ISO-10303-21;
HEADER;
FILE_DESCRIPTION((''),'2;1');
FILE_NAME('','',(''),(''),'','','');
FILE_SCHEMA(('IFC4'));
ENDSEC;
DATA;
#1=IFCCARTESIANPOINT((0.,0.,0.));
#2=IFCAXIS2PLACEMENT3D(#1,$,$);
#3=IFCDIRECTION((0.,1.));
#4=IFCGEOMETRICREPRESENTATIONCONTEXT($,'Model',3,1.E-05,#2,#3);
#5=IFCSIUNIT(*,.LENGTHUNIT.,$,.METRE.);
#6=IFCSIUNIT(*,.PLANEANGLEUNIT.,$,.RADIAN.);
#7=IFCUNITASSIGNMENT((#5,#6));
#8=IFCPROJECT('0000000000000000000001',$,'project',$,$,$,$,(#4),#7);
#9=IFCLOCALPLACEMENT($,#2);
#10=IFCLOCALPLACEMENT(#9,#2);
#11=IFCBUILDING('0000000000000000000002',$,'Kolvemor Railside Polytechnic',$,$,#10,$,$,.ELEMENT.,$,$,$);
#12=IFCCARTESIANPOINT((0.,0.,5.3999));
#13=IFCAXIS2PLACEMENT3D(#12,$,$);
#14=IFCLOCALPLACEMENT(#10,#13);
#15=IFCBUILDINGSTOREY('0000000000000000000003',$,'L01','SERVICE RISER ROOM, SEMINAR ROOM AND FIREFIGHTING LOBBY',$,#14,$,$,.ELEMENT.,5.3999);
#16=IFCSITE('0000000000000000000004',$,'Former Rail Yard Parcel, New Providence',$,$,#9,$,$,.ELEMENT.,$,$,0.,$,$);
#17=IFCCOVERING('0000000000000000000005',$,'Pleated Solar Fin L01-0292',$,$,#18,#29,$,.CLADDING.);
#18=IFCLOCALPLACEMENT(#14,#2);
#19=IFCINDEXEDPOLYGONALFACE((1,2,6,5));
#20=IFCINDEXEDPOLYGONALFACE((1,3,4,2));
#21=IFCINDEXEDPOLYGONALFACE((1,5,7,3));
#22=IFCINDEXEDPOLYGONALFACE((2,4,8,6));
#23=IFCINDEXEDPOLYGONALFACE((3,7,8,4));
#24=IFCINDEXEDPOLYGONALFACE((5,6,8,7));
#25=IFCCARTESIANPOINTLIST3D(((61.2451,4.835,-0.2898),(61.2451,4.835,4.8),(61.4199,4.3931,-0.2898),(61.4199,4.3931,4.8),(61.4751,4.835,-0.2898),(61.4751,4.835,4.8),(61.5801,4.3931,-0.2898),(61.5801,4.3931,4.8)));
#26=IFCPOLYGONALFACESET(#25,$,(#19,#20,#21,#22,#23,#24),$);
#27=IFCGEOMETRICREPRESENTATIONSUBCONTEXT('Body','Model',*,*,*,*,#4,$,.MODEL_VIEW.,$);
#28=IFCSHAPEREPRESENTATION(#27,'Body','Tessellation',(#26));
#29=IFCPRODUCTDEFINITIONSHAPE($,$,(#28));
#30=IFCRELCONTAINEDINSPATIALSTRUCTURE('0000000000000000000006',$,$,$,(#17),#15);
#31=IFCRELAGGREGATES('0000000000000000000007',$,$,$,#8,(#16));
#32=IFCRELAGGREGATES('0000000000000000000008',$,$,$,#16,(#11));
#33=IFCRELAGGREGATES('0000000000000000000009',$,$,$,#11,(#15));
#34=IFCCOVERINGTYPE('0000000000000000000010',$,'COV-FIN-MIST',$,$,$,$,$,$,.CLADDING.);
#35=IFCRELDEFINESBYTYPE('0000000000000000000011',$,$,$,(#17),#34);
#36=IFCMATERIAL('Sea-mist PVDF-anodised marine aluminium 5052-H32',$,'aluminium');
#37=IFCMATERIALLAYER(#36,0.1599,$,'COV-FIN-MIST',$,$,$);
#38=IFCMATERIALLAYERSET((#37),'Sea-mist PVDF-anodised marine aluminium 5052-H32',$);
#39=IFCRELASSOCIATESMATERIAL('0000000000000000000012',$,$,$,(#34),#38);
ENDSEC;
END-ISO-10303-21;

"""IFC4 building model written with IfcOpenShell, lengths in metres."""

from ifc_helpers import new_model, si_unit, direction, frame, origin, place, context, subcontext, project, spatial, polyline, outline, extrude, material, layer, layer_set, type_object, element, save


model = new_model("IFC4")

# Units and contexts
model_context = context("Model", 3, precision=1e-05, world=origin(), true_north=direction((0.0, 1.0)))
body_context = subcontext(model_context, "Body", "Model", "MODEL_VIEW")
ifc_project = project(units=[si_unit("LENGTHUNIT", "METRE"), si_unit("PLANEANGLEUNIT", "RADIAN")], contexts=[model_context])

# Site, building, storey
site_placement = place(None, origin())
site = spatial("IfcSite", under=ifc_project, at=site_placement, Name="Former Rail Yard Parcel, New Providence", CompositionType="ELEMENT", RefElevation=0.0)
building_placement = place(site_placement, origin())
building = spatial("IfcBuilding", under=site, at=building_placement, Name="Kolvemor Railside Polytechnic", CompositionType="ELEMENT")
storey_placement = place(building_placement, frame((0.0, 0.0, 5.3999)))
storey = spatial("IfcBuildingStorey", under=building, at=storey_placement, Name="L01", Description="SERVICE RISER ROOM, SEMINAR ROOM AND FIREFIGHTING LOBBY", CompositionType="ELEMENT", Elevation=5.3999)

# Covering
ifc_material_1 = material(Name="Sea-mist PVDF-anodised marine aluminium 5052-H32", Category="aluminium")
ifc_layer_1 = layer(ifc_material_1, 0.1599, Name="COV-FIN-MIST")
ifc_layer_set_1 = layer_set([ifc_layer_1], Name="Sea-mist PVDF-anodised marine aluminium 5052-H32")
covering_type_1 = type_object("IfcCoveringType", Name="COV-FIN-MIST", PredefinedType="CLADDING", material=ifc_layer_set_1)
covering_1_placement = place(storey_placement, frame((0.0, 0.0, -0.2898)))
element("IfcCovering", 1, at=covering_1_placement, inside=storey, type_object=covering_type_1, Name="Pleated Solar Fin L01-0292", PredefinedType="CLADDING", context=body_context, shape_type="SweptSolid", body=[
    extrude(outline(polyline([(61.2451, 4.835), (61.4751, 4.835), (61.5801, 4.3931), (61.4199, 4.3931), (61.2451, 4.835)])), origin(), (0.0, 0.0, 1.0), 5.0898),
])

save(model, "model.ifc")
